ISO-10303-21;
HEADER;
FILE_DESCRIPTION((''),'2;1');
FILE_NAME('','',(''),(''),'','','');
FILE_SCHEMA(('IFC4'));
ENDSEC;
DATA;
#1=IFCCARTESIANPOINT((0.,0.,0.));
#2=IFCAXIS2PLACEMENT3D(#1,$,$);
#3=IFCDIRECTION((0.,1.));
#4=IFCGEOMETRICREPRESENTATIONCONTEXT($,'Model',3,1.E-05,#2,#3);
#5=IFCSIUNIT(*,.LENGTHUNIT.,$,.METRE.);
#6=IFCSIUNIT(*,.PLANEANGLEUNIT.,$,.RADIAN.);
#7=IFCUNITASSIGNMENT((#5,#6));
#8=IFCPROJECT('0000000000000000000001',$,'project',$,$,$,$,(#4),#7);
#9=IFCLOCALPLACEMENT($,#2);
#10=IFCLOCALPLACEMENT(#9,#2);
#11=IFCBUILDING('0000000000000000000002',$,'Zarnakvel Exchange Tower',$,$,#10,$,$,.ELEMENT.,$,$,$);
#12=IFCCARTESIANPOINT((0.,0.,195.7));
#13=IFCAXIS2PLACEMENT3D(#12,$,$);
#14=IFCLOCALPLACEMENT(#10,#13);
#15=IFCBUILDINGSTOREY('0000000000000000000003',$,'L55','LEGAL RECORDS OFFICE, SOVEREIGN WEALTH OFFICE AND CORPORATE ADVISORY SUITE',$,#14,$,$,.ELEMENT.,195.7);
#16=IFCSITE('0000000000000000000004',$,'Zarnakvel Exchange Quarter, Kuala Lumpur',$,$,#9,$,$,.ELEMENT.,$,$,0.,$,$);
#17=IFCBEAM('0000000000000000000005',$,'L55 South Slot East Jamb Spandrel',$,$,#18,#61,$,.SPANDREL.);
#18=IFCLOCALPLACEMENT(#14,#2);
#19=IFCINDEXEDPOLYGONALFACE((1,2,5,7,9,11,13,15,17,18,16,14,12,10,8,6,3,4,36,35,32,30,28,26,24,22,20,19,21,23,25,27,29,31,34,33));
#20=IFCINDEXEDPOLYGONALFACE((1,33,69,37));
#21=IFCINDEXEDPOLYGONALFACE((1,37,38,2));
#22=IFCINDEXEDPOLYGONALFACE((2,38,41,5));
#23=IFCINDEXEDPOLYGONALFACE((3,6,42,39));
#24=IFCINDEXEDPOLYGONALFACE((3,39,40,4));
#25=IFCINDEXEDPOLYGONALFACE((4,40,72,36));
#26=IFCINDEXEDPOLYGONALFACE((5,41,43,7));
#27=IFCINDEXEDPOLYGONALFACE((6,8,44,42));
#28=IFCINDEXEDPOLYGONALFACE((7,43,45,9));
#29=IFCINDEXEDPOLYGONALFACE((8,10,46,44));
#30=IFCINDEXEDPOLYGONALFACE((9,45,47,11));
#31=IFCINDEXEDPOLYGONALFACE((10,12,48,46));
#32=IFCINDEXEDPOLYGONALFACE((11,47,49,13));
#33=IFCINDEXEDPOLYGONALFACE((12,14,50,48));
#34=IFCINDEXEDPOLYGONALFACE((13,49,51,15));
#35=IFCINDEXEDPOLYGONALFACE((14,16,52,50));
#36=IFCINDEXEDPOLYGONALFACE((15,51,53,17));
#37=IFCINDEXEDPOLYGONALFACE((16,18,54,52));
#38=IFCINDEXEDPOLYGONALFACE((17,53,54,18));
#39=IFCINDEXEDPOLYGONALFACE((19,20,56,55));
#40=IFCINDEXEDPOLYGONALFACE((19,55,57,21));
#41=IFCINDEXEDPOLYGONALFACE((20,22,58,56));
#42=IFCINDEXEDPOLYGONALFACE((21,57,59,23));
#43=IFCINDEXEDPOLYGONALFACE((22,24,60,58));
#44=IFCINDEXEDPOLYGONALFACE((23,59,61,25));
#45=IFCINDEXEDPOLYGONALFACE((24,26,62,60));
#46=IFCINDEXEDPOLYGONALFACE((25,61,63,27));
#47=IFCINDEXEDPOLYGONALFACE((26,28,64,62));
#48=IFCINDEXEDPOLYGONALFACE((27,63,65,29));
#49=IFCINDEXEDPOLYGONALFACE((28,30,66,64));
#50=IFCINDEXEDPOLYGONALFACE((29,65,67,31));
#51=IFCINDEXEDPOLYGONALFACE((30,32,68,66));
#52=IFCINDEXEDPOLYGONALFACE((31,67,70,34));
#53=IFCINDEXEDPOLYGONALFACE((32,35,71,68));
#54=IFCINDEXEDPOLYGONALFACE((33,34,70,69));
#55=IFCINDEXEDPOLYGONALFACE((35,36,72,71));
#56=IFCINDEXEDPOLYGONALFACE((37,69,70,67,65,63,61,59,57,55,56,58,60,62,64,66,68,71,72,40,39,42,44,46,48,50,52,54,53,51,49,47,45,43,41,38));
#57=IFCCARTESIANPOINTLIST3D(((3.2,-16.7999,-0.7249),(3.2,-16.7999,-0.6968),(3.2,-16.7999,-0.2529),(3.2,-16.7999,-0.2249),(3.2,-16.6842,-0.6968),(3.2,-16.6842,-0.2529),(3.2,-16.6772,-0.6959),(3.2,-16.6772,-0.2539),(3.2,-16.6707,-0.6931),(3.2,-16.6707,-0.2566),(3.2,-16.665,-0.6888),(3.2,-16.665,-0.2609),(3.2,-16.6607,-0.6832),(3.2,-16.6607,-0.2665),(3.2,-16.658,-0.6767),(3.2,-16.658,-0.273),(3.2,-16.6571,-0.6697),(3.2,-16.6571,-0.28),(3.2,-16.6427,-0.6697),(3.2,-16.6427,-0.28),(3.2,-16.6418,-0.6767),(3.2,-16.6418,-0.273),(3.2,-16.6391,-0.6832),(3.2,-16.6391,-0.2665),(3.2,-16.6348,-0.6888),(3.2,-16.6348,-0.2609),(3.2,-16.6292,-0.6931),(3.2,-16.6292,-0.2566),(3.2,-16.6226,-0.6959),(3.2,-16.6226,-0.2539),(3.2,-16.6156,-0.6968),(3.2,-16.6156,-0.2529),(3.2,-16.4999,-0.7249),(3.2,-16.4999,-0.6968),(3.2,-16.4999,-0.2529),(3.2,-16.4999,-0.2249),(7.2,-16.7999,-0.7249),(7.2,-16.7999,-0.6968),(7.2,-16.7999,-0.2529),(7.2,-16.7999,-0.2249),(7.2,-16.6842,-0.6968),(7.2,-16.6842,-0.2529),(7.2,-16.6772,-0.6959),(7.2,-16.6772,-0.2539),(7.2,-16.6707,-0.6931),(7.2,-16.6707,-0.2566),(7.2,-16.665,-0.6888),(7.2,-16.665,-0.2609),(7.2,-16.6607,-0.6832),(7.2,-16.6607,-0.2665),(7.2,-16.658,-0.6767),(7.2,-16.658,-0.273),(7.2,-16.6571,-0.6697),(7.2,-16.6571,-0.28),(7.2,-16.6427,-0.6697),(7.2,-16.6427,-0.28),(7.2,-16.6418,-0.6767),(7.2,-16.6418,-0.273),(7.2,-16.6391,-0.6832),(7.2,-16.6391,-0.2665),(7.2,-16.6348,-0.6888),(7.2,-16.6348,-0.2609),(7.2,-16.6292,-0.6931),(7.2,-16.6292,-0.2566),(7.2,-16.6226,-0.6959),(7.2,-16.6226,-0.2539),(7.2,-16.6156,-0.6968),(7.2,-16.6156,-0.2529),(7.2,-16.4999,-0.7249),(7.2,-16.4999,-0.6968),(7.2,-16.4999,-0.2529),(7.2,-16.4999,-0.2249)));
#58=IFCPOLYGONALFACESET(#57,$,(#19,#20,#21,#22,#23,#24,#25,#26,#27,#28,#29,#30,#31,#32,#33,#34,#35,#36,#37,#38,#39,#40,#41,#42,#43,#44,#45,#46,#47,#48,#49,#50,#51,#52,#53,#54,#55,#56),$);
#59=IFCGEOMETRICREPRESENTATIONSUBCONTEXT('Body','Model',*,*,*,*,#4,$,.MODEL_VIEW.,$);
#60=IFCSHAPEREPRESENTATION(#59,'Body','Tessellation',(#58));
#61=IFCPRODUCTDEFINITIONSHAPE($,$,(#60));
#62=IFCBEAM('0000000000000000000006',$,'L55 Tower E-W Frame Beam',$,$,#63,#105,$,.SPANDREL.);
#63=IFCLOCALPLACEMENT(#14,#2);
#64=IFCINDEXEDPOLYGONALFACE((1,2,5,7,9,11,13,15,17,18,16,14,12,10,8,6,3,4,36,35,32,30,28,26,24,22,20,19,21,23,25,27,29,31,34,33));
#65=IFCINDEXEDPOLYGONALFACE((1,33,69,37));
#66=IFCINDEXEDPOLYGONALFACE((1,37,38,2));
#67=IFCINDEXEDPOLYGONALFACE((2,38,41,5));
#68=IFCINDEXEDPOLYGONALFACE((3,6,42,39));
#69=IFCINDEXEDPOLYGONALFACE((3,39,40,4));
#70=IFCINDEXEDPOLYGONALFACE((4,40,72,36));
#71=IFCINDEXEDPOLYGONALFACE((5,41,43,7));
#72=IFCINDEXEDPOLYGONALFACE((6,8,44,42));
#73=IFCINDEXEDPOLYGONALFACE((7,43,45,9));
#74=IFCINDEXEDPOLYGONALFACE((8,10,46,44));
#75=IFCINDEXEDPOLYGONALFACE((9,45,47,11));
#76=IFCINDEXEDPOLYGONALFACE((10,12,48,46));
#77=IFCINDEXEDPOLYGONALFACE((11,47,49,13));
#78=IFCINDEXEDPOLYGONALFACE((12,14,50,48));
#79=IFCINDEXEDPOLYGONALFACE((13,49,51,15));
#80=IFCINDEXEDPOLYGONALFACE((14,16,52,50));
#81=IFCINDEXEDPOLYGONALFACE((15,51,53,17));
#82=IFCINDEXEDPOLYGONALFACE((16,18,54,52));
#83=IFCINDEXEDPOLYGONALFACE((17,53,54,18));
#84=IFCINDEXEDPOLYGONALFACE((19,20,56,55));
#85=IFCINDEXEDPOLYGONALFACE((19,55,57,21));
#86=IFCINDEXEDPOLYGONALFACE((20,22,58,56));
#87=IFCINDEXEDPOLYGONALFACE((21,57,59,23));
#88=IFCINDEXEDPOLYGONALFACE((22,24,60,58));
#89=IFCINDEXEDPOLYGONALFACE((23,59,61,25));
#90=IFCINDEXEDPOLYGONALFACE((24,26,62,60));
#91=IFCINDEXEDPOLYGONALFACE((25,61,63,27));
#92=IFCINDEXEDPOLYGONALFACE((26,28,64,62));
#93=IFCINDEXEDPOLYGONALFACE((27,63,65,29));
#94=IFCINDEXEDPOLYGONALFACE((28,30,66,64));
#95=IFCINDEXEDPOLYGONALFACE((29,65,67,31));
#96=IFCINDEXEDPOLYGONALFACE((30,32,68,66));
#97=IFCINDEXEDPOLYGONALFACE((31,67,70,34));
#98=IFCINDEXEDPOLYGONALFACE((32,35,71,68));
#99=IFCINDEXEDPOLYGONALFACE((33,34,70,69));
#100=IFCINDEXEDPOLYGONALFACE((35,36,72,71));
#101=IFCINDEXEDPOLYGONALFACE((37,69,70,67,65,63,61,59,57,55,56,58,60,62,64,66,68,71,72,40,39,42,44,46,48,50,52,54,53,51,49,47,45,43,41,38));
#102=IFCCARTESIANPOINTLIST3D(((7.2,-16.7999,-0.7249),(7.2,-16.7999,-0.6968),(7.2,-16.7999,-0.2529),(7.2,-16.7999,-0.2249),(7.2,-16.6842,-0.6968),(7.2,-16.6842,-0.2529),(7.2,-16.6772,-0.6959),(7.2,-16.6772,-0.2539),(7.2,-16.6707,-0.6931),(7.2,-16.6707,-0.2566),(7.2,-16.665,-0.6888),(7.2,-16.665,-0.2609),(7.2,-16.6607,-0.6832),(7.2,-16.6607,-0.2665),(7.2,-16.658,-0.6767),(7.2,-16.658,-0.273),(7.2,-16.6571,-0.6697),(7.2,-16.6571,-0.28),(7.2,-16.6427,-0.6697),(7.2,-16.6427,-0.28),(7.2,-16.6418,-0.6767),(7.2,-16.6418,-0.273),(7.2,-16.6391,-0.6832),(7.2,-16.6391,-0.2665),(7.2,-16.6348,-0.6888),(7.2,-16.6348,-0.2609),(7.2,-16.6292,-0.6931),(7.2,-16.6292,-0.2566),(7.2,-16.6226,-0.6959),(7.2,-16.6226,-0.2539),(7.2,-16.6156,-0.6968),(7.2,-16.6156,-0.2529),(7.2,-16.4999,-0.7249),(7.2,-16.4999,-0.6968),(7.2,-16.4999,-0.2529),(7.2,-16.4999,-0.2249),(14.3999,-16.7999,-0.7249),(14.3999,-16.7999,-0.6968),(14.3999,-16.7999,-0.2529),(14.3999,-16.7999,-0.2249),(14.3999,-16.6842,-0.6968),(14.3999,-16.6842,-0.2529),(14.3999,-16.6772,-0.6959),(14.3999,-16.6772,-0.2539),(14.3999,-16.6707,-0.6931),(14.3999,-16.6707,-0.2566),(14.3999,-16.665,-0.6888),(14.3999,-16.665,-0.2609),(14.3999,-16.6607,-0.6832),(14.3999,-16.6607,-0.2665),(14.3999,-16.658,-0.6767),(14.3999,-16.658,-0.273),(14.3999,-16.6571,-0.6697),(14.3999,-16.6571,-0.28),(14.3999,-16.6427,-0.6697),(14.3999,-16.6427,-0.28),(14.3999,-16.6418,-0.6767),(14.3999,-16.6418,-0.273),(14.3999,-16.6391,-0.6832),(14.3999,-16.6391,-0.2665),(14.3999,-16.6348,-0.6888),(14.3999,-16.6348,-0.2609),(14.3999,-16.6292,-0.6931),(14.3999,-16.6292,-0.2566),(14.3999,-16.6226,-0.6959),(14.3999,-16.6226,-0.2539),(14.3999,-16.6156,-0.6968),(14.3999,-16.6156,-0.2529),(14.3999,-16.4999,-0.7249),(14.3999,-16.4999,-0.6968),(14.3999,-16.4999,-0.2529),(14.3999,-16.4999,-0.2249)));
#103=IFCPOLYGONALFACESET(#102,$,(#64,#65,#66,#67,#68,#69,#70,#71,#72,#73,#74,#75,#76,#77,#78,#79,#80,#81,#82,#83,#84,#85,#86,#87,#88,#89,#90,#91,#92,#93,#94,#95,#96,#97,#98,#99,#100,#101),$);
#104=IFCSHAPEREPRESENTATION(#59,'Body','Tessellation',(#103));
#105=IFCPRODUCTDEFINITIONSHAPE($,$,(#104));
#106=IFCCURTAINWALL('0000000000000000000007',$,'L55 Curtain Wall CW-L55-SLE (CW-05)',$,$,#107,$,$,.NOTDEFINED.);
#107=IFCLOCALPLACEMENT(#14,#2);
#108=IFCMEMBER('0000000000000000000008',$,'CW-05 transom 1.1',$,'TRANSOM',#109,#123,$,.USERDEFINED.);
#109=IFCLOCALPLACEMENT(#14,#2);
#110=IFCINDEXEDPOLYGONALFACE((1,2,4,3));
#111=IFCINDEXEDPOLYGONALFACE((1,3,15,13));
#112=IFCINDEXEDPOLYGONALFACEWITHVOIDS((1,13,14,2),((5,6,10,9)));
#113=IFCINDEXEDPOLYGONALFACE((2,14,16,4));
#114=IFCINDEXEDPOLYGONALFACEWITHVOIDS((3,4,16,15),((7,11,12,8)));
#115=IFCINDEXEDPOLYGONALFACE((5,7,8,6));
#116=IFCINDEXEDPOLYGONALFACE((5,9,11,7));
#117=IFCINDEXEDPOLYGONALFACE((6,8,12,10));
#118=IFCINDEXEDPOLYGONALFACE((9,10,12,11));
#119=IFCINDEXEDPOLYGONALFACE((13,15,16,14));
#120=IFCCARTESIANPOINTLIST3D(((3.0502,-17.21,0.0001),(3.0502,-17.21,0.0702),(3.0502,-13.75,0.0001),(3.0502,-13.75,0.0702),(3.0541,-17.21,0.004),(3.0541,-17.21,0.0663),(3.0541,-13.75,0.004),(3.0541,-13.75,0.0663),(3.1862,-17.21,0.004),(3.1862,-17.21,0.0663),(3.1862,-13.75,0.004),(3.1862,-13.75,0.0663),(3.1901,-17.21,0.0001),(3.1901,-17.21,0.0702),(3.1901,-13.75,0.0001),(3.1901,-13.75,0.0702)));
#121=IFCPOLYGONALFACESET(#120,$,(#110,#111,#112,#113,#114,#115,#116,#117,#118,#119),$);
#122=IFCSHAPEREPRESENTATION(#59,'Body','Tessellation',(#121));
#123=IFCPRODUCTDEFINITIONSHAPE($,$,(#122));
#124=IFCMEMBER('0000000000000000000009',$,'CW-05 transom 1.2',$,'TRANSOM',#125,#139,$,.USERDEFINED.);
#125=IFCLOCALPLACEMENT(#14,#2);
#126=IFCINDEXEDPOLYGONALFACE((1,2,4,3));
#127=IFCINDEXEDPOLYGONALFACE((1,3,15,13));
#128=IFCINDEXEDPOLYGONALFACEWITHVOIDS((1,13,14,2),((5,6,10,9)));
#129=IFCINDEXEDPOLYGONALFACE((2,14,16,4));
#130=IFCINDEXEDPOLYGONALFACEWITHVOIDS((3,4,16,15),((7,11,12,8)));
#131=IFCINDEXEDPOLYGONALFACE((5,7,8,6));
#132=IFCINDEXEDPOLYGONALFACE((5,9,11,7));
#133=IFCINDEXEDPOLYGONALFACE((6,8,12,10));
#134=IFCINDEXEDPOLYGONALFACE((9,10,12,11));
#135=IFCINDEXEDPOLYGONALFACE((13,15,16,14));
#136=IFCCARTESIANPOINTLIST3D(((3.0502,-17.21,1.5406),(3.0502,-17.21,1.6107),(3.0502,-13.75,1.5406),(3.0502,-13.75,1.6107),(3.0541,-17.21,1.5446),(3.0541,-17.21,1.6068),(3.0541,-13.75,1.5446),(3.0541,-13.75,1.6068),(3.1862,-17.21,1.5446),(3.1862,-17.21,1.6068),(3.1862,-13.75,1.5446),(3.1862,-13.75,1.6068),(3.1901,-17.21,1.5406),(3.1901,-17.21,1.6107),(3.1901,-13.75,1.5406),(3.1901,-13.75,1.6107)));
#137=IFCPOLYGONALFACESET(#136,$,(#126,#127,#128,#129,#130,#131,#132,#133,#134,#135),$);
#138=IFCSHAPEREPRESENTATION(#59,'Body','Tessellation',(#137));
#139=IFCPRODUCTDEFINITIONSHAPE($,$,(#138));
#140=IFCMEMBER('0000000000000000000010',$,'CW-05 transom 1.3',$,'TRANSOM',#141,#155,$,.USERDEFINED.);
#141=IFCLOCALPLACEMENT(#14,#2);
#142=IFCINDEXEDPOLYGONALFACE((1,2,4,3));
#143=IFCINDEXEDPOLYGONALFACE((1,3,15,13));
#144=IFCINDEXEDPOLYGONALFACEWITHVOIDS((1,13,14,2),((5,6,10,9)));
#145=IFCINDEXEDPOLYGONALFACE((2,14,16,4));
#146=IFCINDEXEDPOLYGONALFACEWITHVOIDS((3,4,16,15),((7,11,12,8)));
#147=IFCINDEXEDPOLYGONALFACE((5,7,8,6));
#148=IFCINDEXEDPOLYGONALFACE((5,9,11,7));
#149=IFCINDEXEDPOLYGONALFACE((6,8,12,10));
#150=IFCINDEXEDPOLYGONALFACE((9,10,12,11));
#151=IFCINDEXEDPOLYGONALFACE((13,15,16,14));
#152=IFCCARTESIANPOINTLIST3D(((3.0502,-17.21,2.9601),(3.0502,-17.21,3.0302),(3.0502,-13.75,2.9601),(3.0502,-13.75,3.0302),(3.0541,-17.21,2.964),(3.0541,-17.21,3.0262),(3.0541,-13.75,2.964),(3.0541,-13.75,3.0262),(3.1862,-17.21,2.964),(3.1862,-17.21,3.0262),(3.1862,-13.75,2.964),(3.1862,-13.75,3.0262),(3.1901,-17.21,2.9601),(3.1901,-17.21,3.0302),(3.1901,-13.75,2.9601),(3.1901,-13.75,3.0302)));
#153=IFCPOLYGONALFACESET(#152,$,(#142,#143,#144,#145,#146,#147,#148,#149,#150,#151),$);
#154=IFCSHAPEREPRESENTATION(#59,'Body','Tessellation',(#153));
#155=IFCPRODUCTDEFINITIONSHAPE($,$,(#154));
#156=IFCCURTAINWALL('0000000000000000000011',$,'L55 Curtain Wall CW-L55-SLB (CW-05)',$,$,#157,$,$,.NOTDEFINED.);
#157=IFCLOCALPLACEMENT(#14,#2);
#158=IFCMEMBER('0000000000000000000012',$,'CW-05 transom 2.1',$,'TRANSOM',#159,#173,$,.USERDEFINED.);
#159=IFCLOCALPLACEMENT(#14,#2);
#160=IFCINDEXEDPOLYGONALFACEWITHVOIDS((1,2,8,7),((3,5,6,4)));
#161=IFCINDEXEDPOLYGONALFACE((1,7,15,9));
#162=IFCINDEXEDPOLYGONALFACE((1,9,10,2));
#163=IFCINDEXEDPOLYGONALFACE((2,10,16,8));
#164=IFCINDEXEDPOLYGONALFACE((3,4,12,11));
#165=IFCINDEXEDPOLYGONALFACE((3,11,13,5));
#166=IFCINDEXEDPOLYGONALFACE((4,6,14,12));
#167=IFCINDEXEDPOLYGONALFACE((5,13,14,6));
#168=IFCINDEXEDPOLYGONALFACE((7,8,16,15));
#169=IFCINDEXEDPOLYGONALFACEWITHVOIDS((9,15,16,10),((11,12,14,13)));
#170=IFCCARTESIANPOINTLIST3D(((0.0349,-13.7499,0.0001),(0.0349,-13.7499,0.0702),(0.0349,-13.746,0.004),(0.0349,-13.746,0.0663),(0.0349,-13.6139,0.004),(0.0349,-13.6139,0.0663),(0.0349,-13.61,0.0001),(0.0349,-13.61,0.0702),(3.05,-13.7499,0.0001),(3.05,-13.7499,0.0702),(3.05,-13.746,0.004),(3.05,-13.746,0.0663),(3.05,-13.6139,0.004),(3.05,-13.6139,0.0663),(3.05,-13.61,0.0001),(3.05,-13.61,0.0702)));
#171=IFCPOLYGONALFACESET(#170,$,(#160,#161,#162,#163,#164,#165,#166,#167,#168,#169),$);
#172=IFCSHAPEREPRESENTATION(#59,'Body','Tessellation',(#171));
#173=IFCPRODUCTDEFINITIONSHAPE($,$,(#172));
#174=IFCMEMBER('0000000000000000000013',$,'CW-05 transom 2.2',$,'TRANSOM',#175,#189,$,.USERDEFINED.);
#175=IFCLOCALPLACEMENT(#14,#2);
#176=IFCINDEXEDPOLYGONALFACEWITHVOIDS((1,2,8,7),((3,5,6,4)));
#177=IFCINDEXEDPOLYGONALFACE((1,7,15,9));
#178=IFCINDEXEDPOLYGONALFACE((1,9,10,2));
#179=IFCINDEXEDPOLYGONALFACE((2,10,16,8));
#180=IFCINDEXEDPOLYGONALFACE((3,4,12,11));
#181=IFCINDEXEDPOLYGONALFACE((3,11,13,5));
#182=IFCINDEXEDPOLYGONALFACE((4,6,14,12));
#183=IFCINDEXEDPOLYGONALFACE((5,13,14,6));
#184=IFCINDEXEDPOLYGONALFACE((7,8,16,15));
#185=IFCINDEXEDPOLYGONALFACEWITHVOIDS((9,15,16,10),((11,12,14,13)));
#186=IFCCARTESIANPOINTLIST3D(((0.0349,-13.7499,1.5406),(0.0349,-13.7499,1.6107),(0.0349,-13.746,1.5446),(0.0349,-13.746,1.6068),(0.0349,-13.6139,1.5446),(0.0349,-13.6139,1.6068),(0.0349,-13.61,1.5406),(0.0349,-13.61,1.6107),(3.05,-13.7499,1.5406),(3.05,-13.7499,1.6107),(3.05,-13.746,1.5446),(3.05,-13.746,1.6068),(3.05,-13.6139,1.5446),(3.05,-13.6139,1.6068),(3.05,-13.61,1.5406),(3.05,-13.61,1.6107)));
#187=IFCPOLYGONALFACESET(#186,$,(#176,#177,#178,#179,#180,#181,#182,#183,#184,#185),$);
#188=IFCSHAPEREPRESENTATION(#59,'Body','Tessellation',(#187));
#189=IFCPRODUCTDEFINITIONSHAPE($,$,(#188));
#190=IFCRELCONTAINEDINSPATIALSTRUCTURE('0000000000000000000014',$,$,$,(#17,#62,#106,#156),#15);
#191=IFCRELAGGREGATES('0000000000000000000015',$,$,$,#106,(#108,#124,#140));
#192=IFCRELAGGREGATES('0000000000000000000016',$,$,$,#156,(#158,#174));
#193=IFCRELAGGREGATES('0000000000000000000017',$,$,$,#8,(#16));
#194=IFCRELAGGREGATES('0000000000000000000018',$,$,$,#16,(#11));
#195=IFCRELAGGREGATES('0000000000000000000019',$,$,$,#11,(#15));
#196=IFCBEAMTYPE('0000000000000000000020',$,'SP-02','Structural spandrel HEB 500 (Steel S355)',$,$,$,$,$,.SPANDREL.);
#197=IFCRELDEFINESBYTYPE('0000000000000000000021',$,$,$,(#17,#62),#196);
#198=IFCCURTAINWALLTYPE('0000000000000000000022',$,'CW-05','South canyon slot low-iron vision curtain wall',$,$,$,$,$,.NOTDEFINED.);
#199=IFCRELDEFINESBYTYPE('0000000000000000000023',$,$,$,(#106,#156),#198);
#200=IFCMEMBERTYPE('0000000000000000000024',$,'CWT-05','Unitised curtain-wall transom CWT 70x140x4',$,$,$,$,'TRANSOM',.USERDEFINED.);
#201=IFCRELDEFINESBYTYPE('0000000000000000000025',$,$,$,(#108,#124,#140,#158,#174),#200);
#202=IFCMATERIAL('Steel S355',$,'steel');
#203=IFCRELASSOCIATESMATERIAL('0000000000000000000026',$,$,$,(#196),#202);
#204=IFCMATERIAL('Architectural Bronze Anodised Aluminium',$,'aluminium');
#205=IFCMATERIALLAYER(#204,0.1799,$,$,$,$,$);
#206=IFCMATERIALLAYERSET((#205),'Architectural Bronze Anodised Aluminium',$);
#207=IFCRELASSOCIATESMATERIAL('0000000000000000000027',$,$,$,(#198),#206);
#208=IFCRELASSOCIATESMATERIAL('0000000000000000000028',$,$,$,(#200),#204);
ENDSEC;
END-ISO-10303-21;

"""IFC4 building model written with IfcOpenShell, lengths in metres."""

from ifc_helpers import new_model, si_unit, direction, frame, origin, origin_2d, place, context, subcontext, project, spatial, hollow_rectangle, i_section, extrude, source, transform, mapped, material, layer, layer_set, material_profile, profile_set, type_object, element, aggregate, save


model = new_model("IFC4")

# Units and contexts
model_context = context("Model", 3, precision=1e-05, world=origin(), true_north=direction((0.0, 1.0)))
body_context = subcontext(model_context, "Body", "Model", "MODEL_VIEW")
ifc_project = project(units=[si_unit("LENGTHUNIT", "METRE"), si_unit("PLANEANGLEUNIT", "RADIAN")], contexts=[model_context])

# Site, building, storey
site_placement = place(None, origin())
site = spatial("IfcSite", under=ifc_project, at=site_placement, Name="Zarnakvel Exchange Quarter, Kuala Lumpur", CompositionType="ELEMENT", RefElevation=0.0)
building_placement = place(site_placement, origin())
building = spatial("IfcBuilding", under=site, at=building_placement, Name="Zarnakvel Exchange Tower", CompositionType="ELEMENT")
storey_placement = place(building_placement, frame((0.0, 0.0, 195.7)))
storey = spatial("IfcBuildingStorey", under=building, at=storey_placement, Name="L55", Description="LEGAL RECORDS OFFICE, SOVEREIGN WEALTH OFFICE AND CORPORATE ADVISORY SUITE", CompositionType="ELEMENT", Elevation=195.7)

# Beams
ifc_material_1 = material(Name="Steel S355", Category="steel")
ifc_material_profile_1 = material_profile(ifc_material_1, i_section(OverallWidth=0.3, OverallDepth=0.5, WebThickness=0.0144, FlangeThickness=0.0281, FilletRadius=0.0271, at=origin_2d()))
ifc_profile_set_1 = profile_set([ifc_material_profile_1], Name="Steel S355")
beam_type_1 = type_object("IfcBeamType", Name="SP-02", Description="Structural spandrel HEB 500 (Steel S355)", PredefinedType="SPANDREL", material=ifc_profile_set_1)
beam_1_placement = place(storey_placement, frame((3.2, -16.6499, -0.4749), z_axis=(1.0, 0.0, 0.0), x_axis=(0.0, 1.0, 0.0)))
element("IfcBeam", 1, at=beam_1_placement, inside=storey, type_object=beam_type_1, Name="L55 South Slot East Jamb Spandrel", PredefinedType="SPANDREL", context=body_context, shape_type="SweptSolid", body=[
    extrude(i_section(OverallWidth=0.3, OverallDepth=0.5, WebThickness=0.0144, FlangeThickness=0.0281, FilletRadius=0.0271, at=origin_2d()), origin(), (0.0, 0.0, 1.0), 4.0),
])
beam_2_placement = place(storey_placement, frame((7.2, -16.6499, -0.4749), z_axis=(1.0, 0.0, 0.0), x_axis=(0.0, 1.0, 0.0)))
element("IfcBeam", 2, at=beam_2_placement, inside=storey, type_object=beam_type_1, Name="L55 Tower E-W Frame Beam", PredefinedType="SPANDREL", context=body_context, shape_type="SweptSolid", body=[
    extrude(i_section(OverallWidth=0.3, OverallDepth=0.5, WebThickness=0.0144, FlangeThickness=0.0281, FilletRadius=0.0271, at=origin_2d()), origin(), (0.0, 0.0, 1.0), 7.2),
])

# Curtain walls, members
ifc_material_2 = material(Name="Architectural Bronze Anodised Aluminium", Category="aluminium")
ifc_layer_1 = layer(ifc_material_2, 0.1799)
ifc_layer_set_1 = layer_set([ifc_layer_1], Name="Architectural Bronze Anodised Aluminium")
curtain_wall_type = type_object("IfcCurtainWallType", Name="CW-05", Description="South canyon slot low-iron vision curtain wall", PredefinedType="NOTDEFINED", material=ifc_layer_set_1)
curtain_wall_1_placement = place(storey_placement, origin())
curtain_wall_1 = element("IfcCurtainWall", 3, at=curtain_wall_1_placement, inside=storey, type_object=curtain_wall_type, Name="L55 Curtain Wall CW-L55-SLE (CW-05)", PredefinedType="NOTDEFINED")
ifc_material_profile_2 = material_profile(ifc_material_2, hollow_rectangle(XDim=0.1399, YDim=0.0701, WallThickness=0.0039, at=origin_2d()))
ifc_profile_set_2 = profile_set([ifc_material_profile_2], Name="Architectural Bronze Anodised Aluminium")
member_type_1 = type_object("IfcMemberType", Name="CWT-05", Description="Unitised curtain-wall transom CWT 70x140x4", ElementType="TRANSOM", PredefinedType="USERDEFINED", material=ifc_profile_set_2)
shared_shape_1 = source(origin(), body_context, "Body", "SweptSolid", [
    extrude(hollow_rectangle(XDim=0.1399, YDim=0.0701, WallThickness=0.0039, at=origin_2d()), origin(), (0.0, 0.0, 1.0), 3.46),
])
member_1_placement = place(storey_placement, frame((3.1201, -13.75, 0.0352), z_axis=(0.0, -1.0, 0.0), x_axis=(1.0, 0.0, 0.0)))
member_1 = element("IfcMember", 4, at=member_1_placement, type_object=member_type_1, Name="CW-05 transom 1.1", ObjectType="TRANSOM", PredefinedType="USERDEFINED", context=body_context, shape_type="MappedRepresentation", body=[
    mapped(shared_shape_1, transform((0.0, 0.0, 0.0), x_axis=(1.0, 0.0, 0.0), y_axis=(0.0, 1.0, 0.0), z_axis=(0.0, 0.0, 1.0), scale=1.0)),
])
member_2_placement = place(storey_placement, frame((3.1201, -13.75, 1.5757), z_axis=(0.0, -1.0, 0.0), x_axis=(1.0, 0.0, 0.0)))
member_2 = element("IfcMember", 5, at=member_2_placement, type_object=member_type_1, Name="CW-05 transom 1.2", ObjectType="TRANSOM", PredefinedType="USERDEFINED", context=body_context, shape_type="MappedRepresentation", body=[
    mapped(shared_shape_1, transform((0.0, 0.0, 0.0), x_axis=(1.0, 0.0, 0.0), y_axis=(0.0, 1.0, 0.0), z_axis=(0.0, 0.0, 1.0), scale=1.0)),
])
member_3_placement = place(storey_placement, frame((3.1201, -13.75, 2.9951), z_axis=(0.0, -1.0, 0.0), x_axis=(1.0, 0.0, 0.0)))
member_3 = element("IfcMember", 6, at=member_3_placement, type_object=member_type_1, Name="CW-05 transom 1.3", ObjectType="TRANSOM", PredefinedType="USERDEFINED", context=body_context, shape_type="MappedRepresentation", body=[
    mapped(shared_shape_1, transform((0.0, 0.0, 0.0), x_axis=(1.0, 0.0, 0.0), y_axis=(0.0, 1.0, 0.0), z_axis=(0.0, 0.0, 1.0), scale=1.0)),
])
curtain_wall_2_placement = place(storey_placement, origin())
curtain_wall_2 = element("IfcCurtainWall", 7, at=curtain_wall_2_placement, inside=storey, type_object=curtain_wall_type, Name="L55 Curtain Wall CW-L55-SLB (CW-05)", PredefinedType="NOTDEFINED")
shared_shape_2 = source(origin(), body_context, "Body", "SweptSolid", [
    extrude(hollow_rectangle(XDim=0.1399, YDim=0.0701, WallThickness=0.0039, at=origin_2d()), origin(), (0.0, 0.0, 1.0), 3.0151),
])
member_4_placement = place(storey_placement, frame((0.0349, -13.6799, 0.0352), z_axis=(1.0, 0.0, 0.0), x_axis=(0.0, 1.0, 0.0)))
member_4 = element("IfcMember", 8, at=member_4_placement, type_object=member_type_1, Name="CW-05 transom 2.1", ObjectType="TRANSOM", PredefinedType="USERDEFINED", context=body_context, shape_type="MappedRepresentation", body=[
    mapped(shared_shape_2, transform((0.0, 0.0, 0.0), x_axis=(1.0, 0.0, 0.0), y_axis=(0.0, 1.0, 0.0), z_axis=(0.0, 0.0, 1.0), scale=1.0)),
])
member_5_placement = place(storey_placement, frame((0.0349, -13.6799, 1.5757), z_axis=(1.0, 0.0, 0.0), x_axis=(0.0, 1.0, 0.0)))
member_5 = element("IfcMember", 9, at=member_5_placement, type_object=member_type_1, Name="CW-05 transom 2.2", ObjectType="TRANSOM", PredefinedType="USERDEFINED", context=body_context, shape_type="MappedRepresentation", body=[
    mapped(shared_shape_2, transform((0.0, 0.0, 0.0), x_axis=(1.0, 0.0, 0.0), y_axis=(0.0, 1.0, 0.0), z_axis=(0.0, 0.0, 1.0), scale=1.0)),
])

aggregate(curtain_wall_1, [member_1, member_2, member_3])
aggregate(curtain_wall_2, [member_4, member_5])

save(model, "model.ifc")
